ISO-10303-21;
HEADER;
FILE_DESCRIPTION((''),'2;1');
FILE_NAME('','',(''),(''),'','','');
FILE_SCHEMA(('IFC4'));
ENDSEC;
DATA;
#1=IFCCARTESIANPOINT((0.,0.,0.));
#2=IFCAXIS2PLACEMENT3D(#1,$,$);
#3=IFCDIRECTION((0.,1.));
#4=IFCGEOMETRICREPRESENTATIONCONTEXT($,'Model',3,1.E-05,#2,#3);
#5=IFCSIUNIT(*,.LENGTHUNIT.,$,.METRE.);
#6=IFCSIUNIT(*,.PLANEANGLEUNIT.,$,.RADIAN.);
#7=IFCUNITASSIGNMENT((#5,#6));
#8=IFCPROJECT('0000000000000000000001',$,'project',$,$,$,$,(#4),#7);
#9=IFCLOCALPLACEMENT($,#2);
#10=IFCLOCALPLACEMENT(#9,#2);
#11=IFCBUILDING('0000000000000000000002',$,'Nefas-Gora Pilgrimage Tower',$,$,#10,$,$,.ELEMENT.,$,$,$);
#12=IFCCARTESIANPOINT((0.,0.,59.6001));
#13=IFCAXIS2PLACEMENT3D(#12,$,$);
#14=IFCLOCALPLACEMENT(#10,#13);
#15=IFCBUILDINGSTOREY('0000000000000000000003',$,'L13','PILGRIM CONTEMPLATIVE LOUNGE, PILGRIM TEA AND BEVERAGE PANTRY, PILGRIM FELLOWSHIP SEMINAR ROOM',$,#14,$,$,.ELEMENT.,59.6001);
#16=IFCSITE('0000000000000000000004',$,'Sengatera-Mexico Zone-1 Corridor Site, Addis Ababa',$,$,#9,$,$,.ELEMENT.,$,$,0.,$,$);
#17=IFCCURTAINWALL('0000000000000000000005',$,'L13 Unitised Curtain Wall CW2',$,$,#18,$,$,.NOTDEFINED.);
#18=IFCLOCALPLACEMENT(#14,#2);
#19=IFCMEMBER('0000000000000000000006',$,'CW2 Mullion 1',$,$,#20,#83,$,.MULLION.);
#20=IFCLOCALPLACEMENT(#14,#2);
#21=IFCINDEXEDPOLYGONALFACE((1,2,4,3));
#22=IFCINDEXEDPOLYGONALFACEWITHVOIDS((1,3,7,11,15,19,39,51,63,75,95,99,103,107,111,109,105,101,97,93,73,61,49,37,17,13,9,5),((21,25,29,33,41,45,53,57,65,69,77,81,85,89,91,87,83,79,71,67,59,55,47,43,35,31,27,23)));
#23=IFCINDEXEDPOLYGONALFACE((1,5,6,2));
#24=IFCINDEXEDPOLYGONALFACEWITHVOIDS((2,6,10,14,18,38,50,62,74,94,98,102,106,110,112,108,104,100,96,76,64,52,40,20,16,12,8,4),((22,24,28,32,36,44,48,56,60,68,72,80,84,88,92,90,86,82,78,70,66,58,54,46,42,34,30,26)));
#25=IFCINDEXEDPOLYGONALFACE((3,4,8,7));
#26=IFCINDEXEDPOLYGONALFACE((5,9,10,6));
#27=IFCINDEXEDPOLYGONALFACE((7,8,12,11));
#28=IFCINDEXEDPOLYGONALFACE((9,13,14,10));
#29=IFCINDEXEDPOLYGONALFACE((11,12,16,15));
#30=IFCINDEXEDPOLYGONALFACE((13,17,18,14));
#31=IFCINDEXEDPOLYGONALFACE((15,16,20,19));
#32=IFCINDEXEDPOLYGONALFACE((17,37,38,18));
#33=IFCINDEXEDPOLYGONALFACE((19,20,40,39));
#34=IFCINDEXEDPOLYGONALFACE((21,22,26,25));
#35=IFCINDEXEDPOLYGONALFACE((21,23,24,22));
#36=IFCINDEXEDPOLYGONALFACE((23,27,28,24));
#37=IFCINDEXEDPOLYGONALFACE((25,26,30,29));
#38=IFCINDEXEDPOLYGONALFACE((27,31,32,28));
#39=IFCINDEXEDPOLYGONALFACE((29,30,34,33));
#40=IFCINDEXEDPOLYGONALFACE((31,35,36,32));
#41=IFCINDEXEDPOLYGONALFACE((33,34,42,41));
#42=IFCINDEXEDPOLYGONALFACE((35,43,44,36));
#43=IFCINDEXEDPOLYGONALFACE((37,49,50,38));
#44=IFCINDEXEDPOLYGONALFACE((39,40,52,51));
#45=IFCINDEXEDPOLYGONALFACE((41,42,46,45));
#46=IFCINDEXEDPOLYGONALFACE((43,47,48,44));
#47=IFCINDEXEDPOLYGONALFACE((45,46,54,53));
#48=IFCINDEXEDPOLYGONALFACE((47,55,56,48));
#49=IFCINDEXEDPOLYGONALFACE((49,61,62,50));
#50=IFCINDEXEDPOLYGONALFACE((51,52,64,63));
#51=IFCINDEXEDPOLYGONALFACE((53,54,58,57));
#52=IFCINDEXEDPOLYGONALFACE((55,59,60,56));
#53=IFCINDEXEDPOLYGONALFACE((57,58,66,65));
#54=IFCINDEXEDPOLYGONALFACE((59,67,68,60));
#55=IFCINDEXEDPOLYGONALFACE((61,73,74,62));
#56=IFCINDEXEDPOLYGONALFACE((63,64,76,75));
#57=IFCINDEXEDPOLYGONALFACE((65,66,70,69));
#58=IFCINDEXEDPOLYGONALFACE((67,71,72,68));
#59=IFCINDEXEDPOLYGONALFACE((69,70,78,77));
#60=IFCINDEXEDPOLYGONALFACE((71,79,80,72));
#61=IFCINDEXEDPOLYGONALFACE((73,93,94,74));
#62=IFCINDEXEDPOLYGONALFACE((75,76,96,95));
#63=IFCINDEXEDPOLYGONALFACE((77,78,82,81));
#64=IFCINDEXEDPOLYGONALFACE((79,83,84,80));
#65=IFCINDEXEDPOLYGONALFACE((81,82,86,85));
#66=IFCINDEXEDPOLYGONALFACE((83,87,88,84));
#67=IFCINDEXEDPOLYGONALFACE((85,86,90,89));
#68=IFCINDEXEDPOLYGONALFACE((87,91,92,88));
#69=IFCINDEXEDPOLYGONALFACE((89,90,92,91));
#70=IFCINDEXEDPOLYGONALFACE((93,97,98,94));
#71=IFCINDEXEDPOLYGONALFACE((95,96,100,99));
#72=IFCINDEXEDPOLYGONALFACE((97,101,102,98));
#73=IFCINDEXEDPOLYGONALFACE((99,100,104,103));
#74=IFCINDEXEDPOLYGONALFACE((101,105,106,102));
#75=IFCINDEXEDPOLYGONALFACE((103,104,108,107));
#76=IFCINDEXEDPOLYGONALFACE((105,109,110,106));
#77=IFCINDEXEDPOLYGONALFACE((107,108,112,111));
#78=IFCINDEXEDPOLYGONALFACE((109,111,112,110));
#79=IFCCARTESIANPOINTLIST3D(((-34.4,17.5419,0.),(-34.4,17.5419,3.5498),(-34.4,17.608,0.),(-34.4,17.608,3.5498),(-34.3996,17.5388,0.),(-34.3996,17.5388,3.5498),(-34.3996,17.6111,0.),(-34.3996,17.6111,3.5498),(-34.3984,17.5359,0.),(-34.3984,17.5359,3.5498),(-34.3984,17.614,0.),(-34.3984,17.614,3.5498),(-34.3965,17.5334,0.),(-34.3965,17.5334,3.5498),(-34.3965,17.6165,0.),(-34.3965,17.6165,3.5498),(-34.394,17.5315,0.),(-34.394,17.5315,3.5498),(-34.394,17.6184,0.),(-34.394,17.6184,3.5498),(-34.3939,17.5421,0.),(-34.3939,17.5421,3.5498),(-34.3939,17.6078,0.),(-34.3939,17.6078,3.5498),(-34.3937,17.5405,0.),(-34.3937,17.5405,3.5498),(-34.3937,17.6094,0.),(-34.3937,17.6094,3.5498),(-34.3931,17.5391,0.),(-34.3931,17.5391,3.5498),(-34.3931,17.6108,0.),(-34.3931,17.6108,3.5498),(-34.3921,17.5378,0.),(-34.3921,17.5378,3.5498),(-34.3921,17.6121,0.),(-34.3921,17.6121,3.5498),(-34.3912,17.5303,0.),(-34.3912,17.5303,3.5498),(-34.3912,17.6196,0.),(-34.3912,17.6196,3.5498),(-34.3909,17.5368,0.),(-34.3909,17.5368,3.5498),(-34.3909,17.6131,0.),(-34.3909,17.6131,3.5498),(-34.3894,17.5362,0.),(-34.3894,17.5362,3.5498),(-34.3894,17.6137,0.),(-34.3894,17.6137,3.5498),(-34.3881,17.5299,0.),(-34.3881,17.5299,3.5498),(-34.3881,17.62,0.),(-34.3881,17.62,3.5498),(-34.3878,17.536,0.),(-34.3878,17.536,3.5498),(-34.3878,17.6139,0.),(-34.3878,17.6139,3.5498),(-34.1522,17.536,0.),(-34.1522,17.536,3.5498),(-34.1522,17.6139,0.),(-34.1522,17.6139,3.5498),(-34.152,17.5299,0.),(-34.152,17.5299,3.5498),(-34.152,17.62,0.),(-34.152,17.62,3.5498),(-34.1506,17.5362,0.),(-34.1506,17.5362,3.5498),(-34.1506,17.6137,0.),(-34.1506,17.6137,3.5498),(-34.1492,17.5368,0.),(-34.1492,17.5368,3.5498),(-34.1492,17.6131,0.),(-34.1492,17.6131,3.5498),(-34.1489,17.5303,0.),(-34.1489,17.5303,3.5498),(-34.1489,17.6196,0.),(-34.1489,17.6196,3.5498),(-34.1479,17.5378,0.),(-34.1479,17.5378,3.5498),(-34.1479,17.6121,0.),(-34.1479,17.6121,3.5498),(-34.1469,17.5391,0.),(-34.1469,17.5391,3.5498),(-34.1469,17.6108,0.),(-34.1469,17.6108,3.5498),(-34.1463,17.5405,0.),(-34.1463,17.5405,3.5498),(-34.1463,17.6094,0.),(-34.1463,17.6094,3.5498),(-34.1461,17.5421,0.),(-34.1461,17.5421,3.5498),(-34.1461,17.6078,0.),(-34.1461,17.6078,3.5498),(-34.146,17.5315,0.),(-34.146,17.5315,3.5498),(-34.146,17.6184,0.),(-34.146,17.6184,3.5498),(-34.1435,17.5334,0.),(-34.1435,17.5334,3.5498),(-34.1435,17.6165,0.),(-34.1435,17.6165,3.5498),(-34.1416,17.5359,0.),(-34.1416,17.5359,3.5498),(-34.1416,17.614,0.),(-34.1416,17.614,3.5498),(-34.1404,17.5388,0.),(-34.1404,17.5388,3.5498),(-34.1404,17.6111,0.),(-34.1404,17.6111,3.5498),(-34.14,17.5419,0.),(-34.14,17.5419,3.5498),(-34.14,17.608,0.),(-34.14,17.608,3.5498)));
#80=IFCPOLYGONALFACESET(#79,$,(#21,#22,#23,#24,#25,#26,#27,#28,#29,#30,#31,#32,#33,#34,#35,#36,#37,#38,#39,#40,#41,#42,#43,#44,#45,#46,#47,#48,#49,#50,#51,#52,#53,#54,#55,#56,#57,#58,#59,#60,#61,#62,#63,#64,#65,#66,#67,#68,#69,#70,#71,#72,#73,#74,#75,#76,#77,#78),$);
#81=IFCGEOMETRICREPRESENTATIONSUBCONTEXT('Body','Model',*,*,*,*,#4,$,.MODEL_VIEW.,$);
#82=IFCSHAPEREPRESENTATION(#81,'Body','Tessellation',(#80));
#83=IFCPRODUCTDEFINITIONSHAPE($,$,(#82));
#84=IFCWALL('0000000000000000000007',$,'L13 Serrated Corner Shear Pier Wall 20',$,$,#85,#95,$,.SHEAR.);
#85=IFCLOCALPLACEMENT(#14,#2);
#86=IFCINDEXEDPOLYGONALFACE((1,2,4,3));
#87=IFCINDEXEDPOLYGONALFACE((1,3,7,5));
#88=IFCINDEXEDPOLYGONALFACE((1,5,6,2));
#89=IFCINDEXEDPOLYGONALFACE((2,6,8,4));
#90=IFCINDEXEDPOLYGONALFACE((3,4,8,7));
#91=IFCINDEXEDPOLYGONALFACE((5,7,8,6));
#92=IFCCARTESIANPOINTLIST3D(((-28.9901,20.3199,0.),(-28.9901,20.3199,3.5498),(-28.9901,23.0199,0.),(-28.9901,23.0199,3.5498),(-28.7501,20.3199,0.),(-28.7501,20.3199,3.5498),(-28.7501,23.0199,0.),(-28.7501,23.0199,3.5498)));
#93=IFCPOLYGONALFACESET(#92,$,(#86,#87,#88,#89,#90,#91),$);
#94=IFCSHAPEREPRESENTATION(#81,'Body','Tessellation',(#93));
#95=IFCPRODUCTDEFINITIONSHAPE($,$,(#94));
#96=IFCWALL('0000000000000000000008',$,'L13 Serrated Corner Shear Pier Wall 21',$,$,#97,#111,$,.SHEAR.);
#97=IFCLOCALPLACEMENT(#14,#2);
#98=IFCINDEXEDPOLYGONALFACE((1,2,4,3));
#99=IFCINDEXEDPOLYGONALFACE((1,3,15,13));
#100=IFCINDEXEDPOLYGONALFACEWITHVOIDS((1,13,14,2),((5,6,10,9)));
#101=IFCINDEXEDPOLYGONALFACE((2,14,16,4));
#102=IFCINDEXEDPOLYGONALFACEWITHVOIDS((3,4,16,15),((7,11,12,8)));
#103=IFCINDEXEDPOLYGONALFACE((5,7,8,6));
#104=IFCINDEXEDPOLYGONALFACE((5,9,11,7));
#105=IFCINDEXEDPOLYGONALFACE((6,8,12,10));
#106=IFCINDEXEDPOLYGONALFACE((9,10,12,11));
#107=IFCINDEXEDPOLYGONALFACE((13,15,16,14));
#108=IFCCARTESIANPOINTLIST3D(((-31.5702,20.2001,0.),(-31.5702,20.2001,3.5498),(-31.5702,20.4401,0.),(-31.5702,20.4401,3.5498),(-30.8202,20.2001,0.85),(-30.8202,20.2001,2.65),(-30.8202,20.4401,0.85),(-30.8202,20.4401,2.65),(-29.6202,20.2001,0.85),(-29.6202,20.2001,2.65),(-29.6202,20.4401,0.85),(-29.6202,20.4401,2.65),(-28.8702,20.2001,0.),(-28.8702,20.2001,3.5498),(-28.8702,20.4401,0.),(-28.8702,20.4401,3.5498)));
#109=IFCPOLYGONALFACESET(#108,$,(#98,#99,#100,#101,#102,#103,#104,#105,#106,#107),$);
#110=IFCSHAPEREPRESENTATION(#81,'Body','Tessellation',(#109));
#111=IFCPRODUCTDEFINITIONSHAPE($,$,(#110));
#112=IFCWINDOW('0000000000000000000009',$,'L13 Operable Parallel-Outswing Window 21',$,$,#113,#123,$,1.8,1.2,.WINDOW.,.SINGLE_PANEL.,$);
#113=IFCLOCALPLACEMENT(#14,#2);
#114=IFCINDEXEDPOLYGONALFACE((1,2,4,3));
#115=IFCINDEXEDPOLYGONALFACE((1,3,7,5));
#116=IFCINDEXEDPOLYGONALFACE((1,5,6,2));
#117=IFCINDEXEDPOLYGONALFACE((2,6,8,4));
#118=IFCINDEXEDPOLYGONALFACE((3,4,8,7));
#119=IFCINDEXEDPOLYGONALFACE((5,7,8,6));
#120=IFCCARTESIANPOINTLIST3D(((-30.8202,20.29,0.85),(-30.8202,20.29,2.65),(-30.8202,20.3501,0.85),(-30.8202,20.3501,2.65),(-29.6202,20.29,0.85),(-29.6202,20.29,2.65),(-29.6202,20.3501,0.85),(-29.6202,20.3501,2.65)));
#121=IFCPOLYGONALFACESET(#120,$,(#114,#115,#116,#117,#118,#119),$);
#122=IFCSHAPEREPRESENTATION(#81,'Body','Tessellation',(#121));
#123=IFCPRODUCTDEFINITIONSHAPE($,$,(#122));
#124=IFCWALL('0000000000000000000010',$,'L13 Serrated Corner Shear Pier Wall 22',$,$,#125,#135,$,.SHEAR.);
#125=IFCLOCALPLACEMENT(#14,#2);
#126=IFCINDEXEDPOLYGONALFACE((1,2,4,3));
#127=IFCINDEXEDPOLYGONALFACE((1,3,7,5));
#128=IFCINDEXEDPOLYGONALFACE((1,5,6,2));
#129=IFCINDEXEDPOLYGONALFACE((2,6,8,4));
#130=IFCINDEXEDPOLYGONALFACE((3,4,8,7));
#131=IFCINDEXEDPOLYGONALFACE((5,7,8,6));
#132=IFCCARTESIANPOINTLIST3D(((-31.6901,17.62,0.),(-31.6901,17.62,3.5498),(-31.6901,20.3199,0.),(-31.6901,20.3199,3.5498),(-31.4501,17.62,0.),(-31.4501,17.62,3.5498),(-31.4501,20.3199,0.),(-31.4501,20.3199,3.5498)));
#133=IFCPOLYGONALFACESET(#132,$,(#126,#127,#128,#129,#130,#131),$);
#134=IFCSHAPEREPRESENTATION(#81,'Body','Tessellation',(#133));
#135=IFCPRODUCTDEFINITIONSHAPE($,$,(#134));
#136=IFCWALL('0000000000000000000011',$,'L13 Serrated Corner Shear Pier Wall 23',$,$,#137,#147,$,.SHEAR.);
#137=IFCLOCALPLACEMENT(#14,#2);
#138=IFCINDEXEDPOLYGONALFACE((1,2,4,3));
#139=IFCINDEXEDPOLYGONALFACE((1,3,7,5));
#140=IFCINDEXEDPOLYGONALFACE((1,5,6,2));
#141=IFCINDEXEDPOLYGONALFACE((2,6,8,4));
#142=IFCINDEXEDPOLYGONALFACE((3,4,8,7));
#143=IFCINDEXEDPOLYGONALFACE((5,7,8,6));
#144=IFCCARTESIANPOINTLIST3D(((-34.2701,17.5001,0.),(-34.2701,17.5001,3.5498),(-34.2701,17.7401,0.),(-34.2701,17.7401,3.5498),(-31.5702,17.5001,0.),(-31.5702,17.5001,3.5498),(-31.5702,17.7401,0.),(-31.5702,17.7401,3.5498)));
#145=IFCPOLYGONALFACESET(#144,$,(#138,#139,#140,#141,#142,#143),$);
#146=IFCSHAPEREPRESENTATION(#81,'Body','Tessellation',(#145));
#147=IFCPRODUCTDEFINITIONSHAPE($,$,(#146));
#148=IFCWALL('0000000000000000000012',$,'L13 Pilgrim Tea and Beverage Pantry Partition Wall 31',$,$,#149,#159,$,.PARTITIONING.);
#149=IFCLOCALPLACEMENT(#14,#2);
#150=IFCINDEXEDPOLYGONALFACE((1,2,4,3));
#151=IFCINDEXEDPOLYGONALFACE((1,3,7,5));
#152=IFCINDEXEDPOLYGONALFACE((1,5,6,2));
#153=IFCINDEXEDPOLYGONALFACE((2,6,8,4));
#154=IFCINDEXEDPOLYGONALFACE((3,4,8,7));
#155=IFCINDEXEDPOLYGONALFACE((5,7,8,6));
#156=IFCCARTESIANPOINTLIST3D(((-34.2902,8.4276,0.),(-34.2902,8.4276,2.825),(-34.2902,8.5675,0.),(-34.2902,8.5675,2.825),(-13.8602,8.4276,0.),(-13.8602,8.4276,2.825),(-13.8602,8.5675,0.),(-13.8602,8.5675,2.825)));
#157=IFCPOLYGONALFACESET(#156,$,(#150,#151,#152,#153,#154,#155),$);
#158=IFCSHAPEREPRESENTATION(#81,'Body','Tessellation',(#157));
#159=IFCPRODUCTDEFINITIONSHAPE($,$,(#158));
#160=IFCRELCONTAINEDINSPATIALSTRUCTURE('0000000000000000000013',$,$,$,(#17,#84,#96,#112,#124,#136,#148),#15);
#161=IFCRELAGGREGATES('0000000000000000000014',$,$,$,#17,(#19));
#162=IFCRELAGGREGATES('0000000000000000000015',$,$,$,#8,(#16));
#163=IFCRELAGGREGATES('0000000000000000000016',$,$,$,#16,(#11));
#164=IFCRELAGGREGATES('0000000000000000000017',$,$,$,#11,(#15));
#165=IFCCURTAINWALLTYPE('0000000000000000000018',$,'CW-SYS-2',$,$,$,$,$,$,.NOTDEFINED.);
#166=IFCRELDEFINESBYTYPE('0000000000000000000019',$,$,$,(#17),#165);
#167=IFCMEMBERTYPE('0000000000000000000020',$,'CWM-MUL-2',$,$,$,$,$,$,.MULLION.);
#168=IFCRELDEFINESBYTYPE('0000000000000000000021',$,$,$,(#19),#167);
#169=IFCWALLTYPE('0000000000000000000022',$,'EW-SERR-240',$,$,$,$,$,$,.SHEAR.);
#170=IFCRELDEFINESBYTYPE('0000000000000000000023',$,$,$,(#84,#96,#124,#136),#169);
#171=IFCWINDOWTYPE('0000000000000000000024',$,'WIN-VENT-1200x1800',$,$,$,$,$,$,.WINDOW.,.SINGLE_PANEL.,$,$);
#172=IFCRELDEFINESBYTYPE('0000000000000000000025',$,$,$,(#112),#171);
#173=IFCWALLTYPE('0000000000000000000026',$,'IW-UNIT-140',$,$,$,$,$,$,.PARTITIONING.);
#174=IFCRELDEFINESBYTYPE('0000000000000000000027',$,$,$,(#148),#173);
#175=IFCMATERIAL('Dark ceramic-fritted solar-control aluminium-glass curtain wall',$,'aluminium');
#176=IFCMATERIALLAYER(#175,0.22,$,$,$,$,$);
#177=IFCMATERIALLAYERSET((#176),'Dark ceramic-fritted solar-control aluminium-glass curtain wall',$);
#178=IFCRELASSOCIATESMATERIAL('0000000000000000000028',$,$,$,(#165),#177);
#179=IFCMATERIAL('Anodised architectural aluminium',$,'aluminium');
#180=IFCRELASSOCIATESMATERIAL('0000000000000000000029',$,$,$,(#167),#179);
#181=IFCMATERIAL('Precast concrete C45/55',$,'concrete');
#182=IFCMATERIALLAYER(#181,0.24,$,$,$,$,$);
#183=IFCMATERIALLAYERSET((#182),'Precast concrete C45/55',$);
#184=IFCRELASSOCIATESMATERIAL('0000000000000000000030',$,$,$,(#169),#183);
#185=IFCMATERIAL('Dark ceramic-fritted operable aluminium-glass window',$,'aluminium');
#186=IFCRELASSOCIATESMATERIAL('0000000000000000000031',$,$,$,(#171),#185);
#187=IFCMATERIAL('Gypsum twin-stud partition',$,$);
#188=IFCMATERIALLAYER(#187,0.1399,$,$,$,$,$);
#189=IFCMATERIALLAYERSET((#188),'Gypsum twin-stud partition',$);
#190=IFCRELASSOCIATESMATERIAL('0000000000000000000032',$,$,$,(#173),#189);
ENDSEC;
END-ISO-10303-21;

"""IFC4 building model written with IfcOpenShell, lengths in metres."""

from ifc_helpers import new_model, si_unit, direction, frame, frame_2d, origin, origin_2d, place, context, subcontext, project, spatial, rectangle, hollow_rectangle, extrude, source, transform, mapped, material, layer, layer_set, material_profile, profile_set, type_object, element, fill, aggregate, save


model = new_model("IFC4")

# Units and contexts
model_context = context("Model", 3, precision=1e-05, world=origin(), true_north=direction((0.0, 1.0)))
body_context = subcontext(model_context, "Body", "Model", "MODEL_VIEW")
ifc_project = project(units=[si_unit("LENGTHUNIT", "METRE"), si_unit("PLANEANGLEUNIT", "RADIAN")], contexts=[model_context])

# Site, building, storey
site_placement = place(None, origin())
site = spatial("IfcSite", under=ifc_project, at=site_placement, Name="Sengatera-Mexico Zone-1 Corridor Site, Addis Ababa", CompositionType="ELEMENT", RefElevation=0.0)
building_placement = place(site_placement, origin())
building = spatial("IfcBuilding", under=site, at=building_placement, Name="Nefas-Gora Pilgrimage Tower", CompositionType="ELEMENT")
storey_placement = place(building_placement, frame((0.0, 0.0, 59.6001)))
storey = spatial("IfcBuildingStorey", under=building, at=storey_placement, Name="L13", Description="PILGRIM CONTEMPLATIVE LOUNGE, PILGRIM TEA AND BEVERAGE PANTRY, PILGRIM FELLOWSHIP SEMINAR ROOM", CompositionType="ELEMENT", Elevation=59.6001)

# Curtain wall
ifc_material_1 = material(Name="Dark ceramic-fritted solar-control aluminium-glass curtain wall", Category="aluminium")
ifc_layer_1 = layer(ifc_material_1, 0.22)
ifc_layer_set_1 = layer_set([ifc_layer_1], Name="Dark ceramic-fritted solar-control aluminium-glass curtain wall")
curtain_wall_type = type_object("IfcCurtainWallType", Name="CW-SYS-2", PredefinedType="NOTDEFINED", material=ifc_layer_set_1)
curtain_wall_1_placement = place(storey_placement, origin())
curtain_wall_1 = element("IfcCurtainWall", 1, at=curtain_wall_1_placement, inside=storey, type_object=curtain_wall_type, Name="L13 Unitised Curtain Wall CW2", PredefinedType="NOTDEFINED")
ifc_material_2 = material(Name="Anodised architectural aluminium", Category="aluminium")
ifc_material_profile_1 = material_profile(ifc_material_2, hollow_rectangle(XDim=0.0901, YDim=0.26, WallThickness=0.0061, InnerFilletRadius=0.0061, OuterFilletRadius=0.012, at=origin_2d()), Name="ALU MULLION 90x260")
ifc_profile_set_1 = profile_set([ifc_material_profile_1], Name="Anodised architectural aluminium")
member_type_1 = type_object("IfcMemberType", Name="CWM-MUL-2", PredefinedType="MULLION", material=ifc_profile_set_1)
shared_shape_1 = source(origin(), body_context, "Body", "SweptSolid", [
    extrude(hollow_rectangle(XDim=0.0901, YDim=0.26, WallThickness=0.0061, InnerFilletRadius=0.0061, OuterFilletRadius=0.012, at=origin_2d()), origin(), (0.0, 0.0, 1.0), 3.5498),
])

# Member
member_1_placement = place(storey_placement, frame((-34.27, 17.575, 0.0), z_axis=(0.0, 0.0, 1.0), x_axis=(0.0, -1.0, 0.0)))
member_1 = element("IfcMember", 2, at=member_1_placement, type_object=member_type_1, Name="CW2 Mullion 1", PredefinedType="MULLION", context=body_context, shape_type="MappedRepresentation", body=[
    mapped(shared_shape_1, transform((0.0, 0.0, 0.0), x_axis=(1.0, 0.0, 0.0), y_axis=(0.0, 1.0, 0.0), z_axis=(0.0, 0.0, 1.0), scale=1.0)),
])
aggregate(curtain_wall_1, [member_1])

# Wall
ifc_material_3 = material(Name="Precast concrete C45/55", Category="concrete")
ifc_layer_2 = layer(ifc_material_3, 0.24)
ifc_layer_set_2 = layer_set([ifc_layer_2], Name="Precast concrete C45/55")
wall_type_1 = type_object("IfcWallType", Name="EW-SERR-240", PredefinedType="SHEAR", material=ifc_layer_set_2)
shared_shape_2 = source(origin(), body_context, "Body", "SweptSolid", [
    extrude(rectangle(XDim=2.7, YDim=0.24, at=frame_2d((1.3501, 0.0))), origin(), (0.0, 0.0, 1.0), 3.5498),
])
wall_1_placement = place(storey_placement, frame((-28.8701, 23.02, 0.0), z_axis=(0.0, 0.0, 1.0), x_axis=(0.0, -1.0, 0.0)))
element("IfcWall", 3, at=wall_1_placement, inside=storey, type_object=wall_type_1, Name="L13 Serrated Corner Shear Pier Wall 20", PredefinedType="SHEAR", context=body_context, shape_type="MappedRepresentation", body=[
    mapped(shared_shape_2, transform((0.0, 0.0, 0.0), x_axis=(1.0, 0.0, 0.0), y_axis=(0.0, 1.0, 0.0), z_axis=(0.0, 0.0, 1.0), scale=1.0)),
])

# Wall, opening, window
wall_2_placement = place(storey_placement, frame((-28.8701, 20.3201, 0.0), z_axis=(0.0, 0.0, 1.0), x_axis=(-1.0, 0.0, 0.0)))
wall_2 = element("IfcWall", 4, at=wall_2_placement, inside=storey, type_object=wall_type_1, Name="L13 Serrated Corner Shear Pier Wall 21", PredefinedType="SHEAR", context=body_context, shape_type="MappedRepresentation", body=[
    mapped(shared_shape_2, transform((0.0, 0.0, 0.0), x_axis=(1.0, 0.0, 0.0), y_axis=(0.0, 1.0, 0.0), z_axis=(0.0, 0.0, 1.0), scale=1.0)),
])
opening_placement = place(wall_2_placement, frame((0.75, 0.0, 0.8501)))
opening = element("IfcOpeningElement", 5, at=opening_placement, cuts=wall_2, PredefinedType="OPENING", context=body_context, shape_type="SweptSolid", body=[
    extrude(rectangle(XDim=1.2, YDim=1.8, at=frame_2d((0.6001, 0.8999))), frame((0.0, 0.1299, 0.0), z_axis=(0.0, -1.0, 0.0), x_axis=(1.0, 0.0, 0.0)), (0.0, 0.0, 1.0), 0.26),
])
ifc_material_4 = material(Name="Dark ceramic-fritted operable aluminium-glass window", Category="aluminium")
window_type = type_object("IfcWindowType", Name="WIN-VENT-1200x1800", PartitioningType="SINGLE_PANEL", PredefinedType="WINDOW", material=ifc_material_4)
shared_shape_3 = source(origin(), body_context, "Body", "SweptSolid", [
    extrude(rectangle(XDim=1.2, YDim=1.8, at=frame_2d((0.6001, 0.8999))), frame((0.0, 0.03, 0.0), z_axis=(0.0, -1.0, 0.0), x_axis=(1.0, 0.0, 0.0)), (0.0, 0.0, 1.0), 0.0601),
])
window_placement = place(opening_placement, origin())
window = element("IfcWindow", 6, at=window_placement, inside=storey, type_object=window_type, Name="L13 Operable Parallel-Outswing Window 21", OverallHeight=1.8, OverallWidth=1.2, PartitioningType="SINGLE_PANEL", PredefinedType="WINDOW", context=body_context, shape_type="MappedRepresentation", body=[
    mapped(shared_shape_3, transform((0.0, 0.0, 0.0), x_axis=(1.0, 0.0, 0.0), y_axis=(0.0, 1.0, 0.0), z_axis=(0.0, 0.0, 1.0), scale=1.0)),
])
fill(opening, window)

# Walls
for number, where, z_axis, x_axis, name in (
    (7, (-31.5701, 20.3201, 0.0), (0.0, 0.0, 1.0), (0.0, -1.0, 0.0), "L13 Serrated Corner Shear Pier Wall 22"),
    (8, (-31.5701, 17.6201, 0.0), (0.0, 0.0, 1.0), (-1.0, 0.0, 0.0), "L13 Serrated Corner Shear Pier Wall 23"),
):
    element("IfcWall", number, at=place(storey_placement, frame(where, z_axis=z_axis, x_axis=x_axis)), inside=storey, type_object=wall_type_1, Name=name, PredefinedType="SHEAR", context=body_context, shape_type="MappedRepresentation", body=[
        mapped(shared_shape_2, transform((0.0, 0.0, 0.0), x_axis=(1.0, 0.0, 0.0), y_axis=(0.0, 1.0, 0.0), z_axis=(0.0, 0.0, 1.0), scale=1.0)),
    ])
ifc_material_5 = material(Name="Gypsum twin-stud partition")
ifc_layer_3 = layer(ifc_material_5, 0.1399)
ifc_layer_set_3 = layer_set([ifc_layer_3], Name="Gypsum twin-stud partition")
wall_type_2 = type_object("IfcWallType", Name="IW-UNIT-140", PredefinedType="PARTITIONING", material=ifc_layer_set_3)
shared_shape_4 = source(origin(), body_context, "Body", "SweptSolid", [
    extrude(rectangle(XDim=20.4299, YDim=0.1399, at=frame_2d((10.2148, 0.0))), origin(), (0.0, 0.0, 1.0), 2.825),
])
wall_3_placement = place(storey_placement, frame((-34.29, 8.4976, 0.0), z_axis=(0.0, 0.0, 1.0), x_axis=(1.0, 0.0, 0.0)))
element("IfcWall", 9, at=wall_3_placement, inside=storey, type_object=wall_type_2, Name="L13 Pilgrim Tea and Beverage Pantry Partition Wall 31", PredefinedType="PARTITIONING", context=body_context, shape_type="MappedRepresentation", body=[
    mapped(shared_shape_4, transform((0.0, 0.0, 0.0), x_axis=(1.0, 0.0, 0.0), y_axis=(0.0, 1.0, 0.0), z_axis=(0.0, 0.0, 1.0), scale=1.0)),
])

save(model, "model.ifc")
